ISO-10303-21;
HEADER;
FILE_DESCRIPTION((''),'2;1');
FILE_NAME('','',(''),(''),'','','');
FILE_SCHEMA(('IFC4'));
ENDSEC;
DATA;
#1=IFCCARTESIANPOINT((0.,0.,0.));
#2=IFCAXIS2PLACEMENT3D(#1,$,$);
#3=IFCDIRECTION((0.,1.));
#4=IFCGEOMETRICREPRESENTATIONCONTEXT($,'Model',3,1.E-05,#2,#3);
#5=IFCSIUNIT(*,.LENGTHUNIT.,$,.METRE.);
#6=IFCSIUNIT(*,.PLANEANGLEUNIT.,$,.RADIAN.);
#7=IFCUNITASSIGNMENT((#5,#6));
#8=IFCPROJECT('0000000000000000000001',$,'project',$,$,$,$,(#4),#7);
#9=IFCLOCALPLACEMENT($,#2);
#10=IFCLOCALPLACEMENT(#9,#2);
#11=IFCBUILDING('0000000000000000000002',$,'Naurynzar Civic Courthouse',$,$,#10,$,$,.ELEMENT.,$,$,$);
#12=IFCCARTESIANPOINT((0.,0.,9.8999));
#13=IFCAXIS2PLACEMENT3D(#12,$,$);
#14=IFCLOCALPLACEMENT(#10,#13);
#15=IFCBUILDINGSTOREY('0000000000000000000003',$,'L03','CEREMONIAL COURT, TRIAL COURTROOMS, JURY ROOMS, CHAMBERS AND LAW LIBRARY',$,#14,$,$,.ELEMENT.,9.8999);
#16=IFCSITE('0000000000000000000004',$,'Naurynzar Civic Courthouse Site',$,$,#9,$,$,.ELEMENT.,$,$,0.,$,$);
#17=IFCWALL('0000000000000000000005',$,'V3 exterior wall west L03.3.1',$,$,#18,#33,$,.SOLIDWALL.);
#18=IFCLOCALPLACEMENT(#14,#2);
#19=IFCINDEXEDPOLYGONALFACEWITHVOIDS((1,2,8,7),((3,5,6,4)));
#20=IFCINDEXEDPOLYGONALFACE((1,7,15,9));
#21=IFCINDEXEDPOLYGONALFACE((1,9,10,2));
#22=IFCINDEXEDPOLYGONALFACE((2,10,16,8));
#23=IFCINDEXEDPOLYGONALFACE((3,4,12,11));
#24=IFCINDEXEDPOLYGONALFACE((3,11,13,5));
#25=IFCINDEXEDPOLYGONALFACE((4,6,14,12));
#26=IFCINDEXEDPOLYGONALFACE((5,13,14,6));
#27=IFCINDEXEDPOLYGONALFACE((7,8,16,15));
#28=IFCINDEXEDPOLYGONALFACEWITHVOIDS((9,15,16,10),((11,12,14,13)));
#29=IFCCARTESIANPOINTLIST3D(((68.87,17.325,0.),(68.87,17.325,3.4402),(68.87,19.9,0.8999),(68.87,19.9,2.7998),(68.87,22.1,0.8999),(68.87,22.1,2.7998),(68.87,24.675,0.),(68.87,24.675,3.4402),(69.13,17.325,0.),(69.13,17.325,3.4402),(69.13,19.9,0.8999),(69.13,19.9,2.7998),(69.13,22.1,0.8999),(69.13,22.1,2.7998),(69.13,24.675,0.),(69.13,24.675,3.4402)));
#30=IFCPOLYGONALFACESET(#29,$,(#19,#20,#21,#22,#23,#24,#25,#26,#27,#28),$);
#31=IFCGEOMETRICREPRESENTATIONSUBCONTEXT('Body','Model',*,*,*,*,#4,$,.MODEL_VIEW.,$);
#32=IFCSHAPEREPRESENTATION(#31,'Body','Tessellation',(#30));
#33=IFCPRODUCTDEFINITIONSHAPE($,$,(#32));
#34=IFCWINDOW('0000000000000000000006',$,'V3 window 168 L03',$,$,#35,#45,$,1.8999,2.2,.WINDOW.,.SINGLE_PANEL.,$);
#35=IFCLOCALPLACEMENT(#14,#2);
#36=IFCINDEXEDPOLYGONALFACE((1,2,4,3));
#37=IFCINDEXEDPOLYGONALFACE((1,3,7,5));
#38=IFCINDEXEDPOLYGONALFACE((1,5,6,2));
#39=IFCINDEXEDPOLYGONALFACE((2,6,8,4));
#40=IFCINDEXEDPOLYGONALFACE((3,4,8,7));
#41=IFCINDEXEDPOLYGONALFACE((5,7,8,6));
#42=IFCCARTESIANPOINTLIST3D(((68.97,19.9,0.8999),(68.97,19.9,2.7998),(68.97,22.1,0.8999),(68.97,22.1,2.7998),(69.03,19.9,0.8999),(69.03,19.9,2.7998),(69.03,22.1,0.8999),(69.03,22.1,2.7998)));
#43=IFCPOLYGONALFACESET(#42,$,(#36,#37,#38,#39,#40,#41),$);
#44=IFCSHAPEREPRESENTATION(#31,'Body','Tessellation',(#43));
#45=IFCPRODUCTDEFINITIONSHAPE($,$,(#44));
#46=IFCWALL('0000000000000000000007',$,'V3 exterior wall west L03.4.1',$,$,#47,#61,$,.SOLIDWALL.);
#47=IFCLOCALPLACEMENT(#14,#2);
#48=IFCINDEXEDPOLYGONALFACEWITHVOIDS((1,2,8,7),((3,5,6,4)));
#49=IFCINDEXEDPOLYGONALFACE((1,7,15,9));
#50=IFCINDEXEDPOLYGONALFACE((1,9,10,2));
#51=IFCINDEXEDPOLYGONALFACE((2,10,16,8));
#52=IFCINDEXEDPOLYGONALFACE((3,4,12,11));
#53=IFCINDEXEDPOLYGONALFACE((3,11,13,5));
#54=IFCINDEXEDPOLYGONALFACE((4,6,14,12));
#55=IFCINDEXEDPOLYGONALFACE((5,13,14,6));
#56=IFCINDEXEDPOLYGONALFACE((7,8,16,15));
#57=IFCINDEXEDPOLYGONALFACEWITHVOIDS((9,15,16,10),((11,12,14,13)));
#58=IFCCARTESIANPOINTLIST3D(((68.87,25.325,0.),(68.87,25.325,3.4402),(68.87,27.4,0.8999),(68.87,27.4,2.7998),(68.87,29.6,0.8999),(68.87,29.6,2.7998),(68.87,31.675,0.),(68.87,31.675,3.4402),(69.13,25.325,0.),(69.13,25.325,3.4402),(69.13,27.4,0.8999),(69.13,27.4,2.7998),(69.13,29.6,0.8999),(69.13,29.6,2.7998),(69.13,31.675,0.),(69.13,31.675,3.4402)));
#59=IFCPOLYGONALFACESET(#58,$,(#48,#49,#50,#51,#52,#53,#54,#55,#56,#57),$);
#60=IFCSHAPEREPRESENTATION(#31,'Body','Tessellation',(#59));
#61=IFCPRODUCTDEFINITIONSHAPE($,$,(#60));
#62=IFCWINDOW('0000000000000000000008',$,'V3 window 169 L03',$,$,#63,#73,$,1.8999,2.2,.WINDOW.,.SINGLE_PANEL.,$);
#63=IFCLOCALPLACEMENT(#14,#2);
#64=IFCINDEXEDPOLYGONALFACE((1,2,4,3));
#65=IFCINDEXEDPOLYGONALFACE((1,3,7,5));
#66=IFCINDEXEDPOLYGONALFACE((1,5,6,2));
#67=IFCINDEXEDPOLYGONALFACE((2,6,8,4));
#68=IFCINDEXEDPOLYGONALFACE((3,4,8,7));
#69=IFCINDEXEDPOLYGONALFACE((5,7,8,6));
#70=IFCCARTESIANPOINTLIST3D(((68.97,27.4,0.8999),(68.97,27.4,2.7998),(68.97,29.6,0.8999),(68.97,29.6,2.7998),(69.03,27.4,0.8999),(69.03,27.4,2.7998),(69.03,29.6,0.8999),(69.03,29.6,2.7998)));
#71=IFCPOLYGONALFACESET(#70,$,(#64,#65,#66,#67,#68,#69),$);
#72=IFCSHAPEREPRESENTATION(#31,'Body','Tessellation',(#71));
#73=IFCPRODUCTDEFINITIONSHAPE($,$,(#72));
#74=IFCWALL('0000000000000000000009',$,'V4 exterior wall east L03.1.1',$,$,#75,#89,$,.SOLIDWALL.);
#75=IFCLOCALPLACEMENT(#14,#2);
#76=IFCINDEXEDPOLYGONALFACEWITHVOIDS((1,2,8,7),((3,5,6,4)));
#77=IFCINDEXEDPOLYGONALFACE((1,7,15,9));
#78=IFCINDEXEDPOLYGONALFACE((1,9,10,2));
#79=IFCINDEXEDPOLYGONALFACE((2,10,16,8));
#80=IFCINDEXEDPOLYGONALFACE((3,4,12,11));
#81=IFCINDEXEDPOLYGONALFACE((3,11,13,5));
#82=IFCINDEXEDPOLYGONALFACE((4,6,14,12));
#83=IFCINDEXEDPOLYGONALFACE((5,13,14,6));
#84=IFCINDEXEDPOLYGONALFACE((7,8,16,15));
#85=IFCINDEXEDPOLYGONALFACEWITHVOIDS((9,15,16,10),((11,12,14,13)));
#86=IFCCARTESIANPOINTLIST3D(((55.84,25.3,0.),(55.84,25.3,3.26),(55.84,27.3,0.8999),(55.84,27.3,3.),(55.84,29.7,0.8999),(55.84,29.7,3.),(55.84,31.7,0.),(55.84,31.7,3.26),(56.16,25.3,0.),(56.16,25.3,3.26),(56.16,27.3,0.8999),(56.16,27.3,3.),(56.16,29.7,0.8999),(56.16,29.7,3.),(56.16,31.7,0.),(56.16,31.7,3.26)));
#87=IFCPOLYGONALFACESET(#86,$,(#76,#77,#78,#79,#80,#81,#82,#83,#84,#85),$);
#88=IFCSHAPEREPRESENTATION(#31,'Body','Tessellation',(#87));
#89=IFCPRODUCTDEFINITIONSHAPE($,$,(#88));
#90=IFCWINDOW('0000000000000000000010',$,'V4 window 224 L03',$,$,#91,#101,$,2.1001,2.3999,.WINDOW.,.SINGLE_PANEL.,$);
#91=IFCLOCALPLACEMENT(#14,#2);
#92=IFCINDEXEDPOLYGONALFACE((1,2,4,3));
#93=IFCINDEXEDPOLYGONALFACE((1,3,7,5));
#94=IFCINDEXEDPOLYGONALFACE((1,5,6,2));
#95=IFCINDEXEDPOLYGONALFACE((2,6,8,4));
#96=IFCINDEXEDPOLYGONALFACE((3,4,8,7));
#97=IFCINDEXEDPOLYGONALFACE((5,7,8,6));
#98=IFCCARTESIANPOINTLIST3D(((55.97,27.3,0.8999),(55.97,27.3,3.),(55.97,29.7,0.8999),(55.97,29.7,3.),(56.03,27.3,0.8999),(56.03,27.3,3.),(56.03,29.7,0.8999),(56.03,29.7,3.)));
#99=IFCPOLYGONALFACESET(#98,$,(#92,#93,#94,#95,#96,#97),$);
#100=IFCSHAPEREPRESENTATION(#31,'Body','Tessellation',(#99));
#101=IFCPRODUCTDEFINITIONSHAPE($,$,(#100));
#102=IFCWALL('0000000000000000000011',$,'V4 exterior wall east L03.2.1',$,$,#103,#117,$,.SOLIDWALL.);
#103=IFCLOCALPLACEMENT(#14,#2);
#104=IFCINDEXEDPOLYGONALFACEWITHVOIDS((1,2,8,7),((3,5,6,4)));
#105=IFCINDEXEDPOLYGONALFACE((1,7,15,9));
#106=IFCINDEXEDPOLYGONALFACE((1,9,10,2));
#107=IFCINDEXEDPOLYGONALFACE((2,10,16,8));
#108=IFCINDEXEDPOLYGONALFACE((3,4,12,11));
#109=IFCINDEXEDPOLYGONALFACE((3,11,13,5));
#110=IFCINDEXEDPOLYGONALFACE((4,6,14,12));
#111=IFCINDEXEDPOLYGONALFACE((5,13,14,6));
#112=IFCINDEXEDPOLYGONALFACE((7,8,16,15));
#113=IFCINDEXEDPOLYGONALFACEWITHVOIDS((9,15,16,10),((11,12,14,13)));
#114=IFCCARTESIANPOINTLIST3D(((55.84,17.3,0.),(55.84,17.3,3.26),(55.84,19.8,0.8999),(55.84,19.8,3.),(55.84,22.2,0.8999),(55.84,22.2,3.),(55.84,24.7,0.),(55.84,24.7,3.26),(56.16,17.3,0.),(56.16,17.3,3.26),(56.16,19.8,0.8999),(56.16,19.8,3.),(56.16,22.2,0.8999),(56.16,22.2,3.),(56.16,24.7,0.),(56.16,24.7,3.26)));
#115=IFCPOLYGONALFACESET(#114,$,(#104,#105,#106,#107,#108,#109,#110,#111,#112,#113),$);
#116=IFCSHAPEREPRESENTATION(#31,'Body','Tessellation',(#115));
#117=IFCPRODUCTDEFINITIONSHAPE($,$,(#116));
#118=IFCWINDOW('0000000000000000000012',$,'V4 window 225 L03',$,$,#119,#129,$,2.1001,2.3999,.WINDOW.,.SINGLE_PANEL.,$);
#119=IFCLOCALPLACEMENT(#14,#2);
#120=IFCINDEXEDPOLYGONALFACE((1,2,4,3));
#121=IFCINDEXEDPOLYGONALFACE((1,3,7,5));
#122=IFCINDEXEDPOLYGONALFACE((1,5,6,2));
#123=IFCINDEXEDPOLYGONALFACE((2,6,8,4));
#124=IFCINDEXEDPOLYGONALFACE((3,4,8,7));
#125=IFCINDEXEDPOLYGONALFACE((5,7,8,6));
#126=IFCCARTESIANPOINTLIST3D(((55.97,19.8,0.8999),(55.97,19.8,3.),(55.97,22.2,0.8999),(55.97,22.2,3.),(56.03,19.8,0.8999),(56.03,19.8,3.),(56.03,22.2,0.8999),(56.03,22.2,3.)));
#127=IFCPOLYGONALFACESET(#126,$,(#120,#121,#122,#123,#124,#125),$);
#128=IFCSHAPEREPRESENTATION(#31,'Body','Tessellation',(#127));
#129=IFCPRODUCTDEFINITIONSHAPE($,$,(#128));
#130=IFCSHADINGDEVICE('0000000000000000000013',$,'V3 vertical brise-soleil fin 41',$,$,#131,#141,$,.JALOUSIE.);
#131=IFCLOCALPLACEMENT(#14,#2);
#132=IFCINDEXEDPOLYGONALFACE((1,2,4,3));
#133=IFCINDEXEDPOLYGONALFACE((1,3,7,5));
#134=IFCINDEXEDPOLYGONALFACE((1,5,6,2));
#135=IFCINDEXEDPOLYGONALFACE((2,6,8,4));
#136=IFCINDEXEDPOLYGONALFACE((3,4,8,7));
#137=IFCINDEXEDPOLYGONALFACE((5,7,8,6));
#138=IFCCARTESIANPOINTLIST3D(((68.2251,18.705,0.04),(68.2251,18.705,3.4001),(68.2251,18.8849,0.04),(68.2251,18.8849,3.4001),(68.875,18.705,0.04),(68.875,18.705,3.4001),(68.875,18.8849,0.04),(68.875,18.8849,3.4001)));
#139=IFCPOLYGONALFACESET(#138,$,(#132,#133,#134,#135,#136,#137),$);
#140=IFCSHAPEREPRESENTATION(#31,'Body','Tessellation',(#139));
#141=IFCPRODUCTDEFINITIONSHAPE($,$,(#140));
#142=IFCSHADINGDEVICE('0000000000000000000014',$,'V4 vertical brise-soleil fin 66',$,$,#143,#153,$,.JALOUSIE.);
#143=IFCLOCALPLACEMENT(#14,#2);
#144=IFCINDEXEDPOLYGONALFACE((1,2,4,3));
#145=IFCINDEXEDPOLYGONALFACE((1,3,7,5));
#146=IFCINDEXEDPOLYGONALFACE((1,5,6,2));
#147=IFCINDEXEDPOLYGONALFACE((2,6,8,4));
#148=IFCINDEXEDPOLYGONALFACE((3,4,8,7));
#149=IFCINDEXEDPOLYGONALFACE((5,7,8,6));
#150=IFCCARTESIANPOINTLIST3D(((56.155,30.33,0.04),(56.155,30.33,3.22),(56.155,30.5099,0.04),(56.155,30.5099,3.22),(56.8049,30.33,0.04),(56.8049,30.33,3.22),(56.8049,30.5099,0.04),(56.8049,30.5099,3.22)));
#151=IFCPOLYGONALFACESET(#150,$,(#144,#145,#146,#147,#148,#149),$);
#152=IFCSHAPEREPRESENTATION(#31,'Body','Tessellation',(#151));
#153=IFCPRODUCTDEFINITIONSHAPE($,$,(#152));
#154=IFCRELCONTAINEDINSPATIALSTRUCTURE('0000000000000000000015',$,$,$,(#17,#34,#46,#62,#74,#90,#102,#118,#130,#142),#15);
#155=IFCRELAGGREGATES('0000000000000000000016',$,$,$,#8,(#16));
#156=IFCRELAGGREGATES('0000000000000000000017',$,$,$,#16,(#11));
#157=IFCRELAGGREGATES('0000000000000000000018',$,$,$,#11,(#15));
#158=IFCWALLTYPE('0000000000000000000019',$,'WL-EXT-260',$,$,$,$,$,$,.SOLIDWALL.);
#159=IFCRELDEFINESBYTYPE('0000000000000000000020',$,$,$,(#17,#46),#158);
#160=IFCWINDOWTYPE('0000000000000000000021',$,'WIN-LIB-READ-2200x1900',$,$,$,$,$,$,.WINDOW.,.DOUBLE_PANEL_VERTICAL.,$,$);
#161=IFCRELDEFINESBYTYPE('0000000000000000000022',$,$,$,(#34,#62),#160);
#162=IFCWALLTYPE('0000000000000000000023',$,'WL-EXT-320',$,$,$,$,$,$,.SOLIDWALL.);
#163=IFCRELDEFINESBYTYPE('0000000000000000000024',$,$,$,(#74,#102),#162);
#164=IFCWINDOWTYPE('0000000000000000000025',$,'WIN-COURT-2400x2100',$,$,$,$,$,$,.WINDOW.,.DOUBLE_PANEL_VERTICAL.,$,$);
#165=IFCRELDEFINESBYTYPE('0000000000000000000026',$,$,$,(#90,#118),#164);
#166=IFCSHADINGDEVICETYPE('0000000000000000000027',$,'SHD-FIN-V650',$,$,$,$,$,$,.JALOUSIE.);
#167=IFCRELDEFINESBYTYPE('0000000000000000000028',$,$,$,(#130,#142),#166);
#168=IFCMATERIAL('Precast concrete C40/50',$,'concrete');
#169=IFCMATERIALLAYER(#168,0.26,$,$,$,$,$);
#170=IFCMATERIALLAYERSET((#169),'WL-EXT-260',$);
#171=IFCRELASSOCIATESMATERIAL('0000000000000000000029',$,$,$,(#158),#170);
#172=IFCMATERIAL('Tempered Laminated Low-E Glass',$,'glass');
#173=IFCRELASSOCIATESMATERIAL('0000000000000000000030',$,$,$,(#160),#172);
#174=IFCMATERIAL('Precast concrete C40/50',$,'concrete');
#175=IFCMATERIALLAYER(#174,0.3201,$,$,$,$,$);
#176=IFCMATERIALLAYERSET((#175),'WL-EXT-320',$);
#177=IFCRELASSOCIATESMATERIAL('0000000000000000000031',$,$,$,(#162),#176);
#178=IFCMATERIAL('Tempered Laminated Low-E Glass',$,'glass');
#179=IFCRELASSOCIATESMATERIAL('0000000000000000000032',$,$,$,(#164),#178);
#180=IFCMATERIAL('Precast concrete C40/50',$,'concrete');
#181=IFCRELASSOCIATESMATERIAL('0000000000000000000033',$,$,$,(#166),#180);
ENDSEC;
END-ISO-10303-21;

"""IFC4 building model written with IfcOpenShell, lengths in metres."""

from ifc_helpers import new_model, si_unit, direction, frame, frame_2d, origin, origin_2d, place, context, subcontext, project, spatial, rectangle, extrude, material, layer, layer_set, type_object, element, fill, save


model = new_model("IFC4")

# Units and contexts
model_context = context("Model", 3, precision=1e-05, world=origin(), true_north=direction((0.0, 1.0)))
body_context = subcontext(model_context, "Body", "Model", "MODEL_VIEW")
ifc_project = project(units=[si_unit("LENGTHUNIT", "METRE"), si_unit("PLANEANGLEUNIT", "RADIAN")], contexts=[model_context])

# Site, building, storey
site_placement = place(None, origin())
site = spatial("IfcSite", under=ifc_project, at=site_placement, Name="Naurynzar Civic Courthouse Site", CompositionType="ELEMENT", RefElevation=0.0)
building_placement = place(site_placement, origin())
building = spatial("IfcBuilding", under=site, at=building_placement, Name="Naurynzar Civic Courthouse", CompositionType="ELEMENT")
storey_placement = place(building_placement, frame((0.0, 0.0, 9.8999)))
storey = spatial("IfcBuildingStorey", under=building, at=storey_placement, Name="L03", Description="CEREMONIAL COURT, TRIAL COURTROOMS, JURY ROOMS, CHAMBERS AND LAW LIBRARY", CompositionType="ELEMENT", Elevation=9.8999)

# Walls, openings, windows
ifc_material_1 = material(Name="Precast concrete C40/50", Category="concrete")
ifc_layer_1 = layer(ifc_material_1, 0.26)
ifc_layer_set_1 = layer_set([ifc_layer_1], Name="WL-EXT-260")
wall_type_1 = type_object("IfcWallType", Name="WL-EXT-260", PredefinedType="SOLIDWALL", material=ifc_layer_set_1)
wall_1_placement = place(storey_placement, frame((69.0, 17.325, 0.0), z_axis=(0.0, 0.0, 1.0), x_axis=(0.0, 1.0, 0.0)))
wall_1 = element("IfcWall", 1, at=wall_1_placement, inside=storey, type_object=wall_type_1, Name="V3 exterior wall west L03.3.1", PredefinedType="SOLIDWALL", context=body_context, shape_type="SweptSolid", body=[
    extrude(rectangle(XDim=7.3501, YDim=0.26, at=frame_2d((3.675, 0.0))), origin(), (0.0, 0.0, 1.0), 3.4402),
])
opening_1_placement = place(wall_1_placement, frame((2.575, 0.0, 0.8999)))
opening_1 = element("IfcOpeningElement", 2, at=opening_1_placement, cuts=wall_1, PredefinedType="OPENING", context=body_context, shape_type="SweptSolid", body=[
    extrude(rectangle(XDim=2.2, YDim=1.8999, at=frame_2d((1.1001, 0.95))), frame((0.0, 0.1399, 0.0), z_axis=(0.0, -1.0, 0.0), x_axis=(1.0, 0.0, 0.0)), (0.0, 0.0, 1.0), 0.28),
])
ifc_material_2 = material(Name="Tempered Laminated Low-E Glass", Category="glass")
window_type_1 = type_object("IfcWindowType", Name="WIN-LIB-READ-2200x1900", PartitioningType="DOUBLE_PANEL_VERTICAL", PredefinedType="WINDOW", material=ifc_material_2)
window_1_placement = place(opening_1_placement, origin())
window_1 = element("IfcWindow", 3, at=window_1_placement, inside=storey, type_object=window_type_1, Name="V3 window 168 L03", OverallHeight=1.8999, OverallWidth=2.2, PartitioningType="SINGLE_PANEL", PredefinedType="WINDOW", context=body_context, shape_type="SweptSolid", body=[
    extrude(rectangle(XDim=2.2, YDim=1.8999, at=frame_2d((1.1001, 0.95))), frame((0.0, 0.03, 0.0), z_axis=(0.0, -1.0, 0.0), x_axis=(1.0, 0.0, 0.0)), (0.0, 0.0, 1.0), 0.0601),
])
fill(opening_1, window_1)
wall_2_placement = place(storey_placement, frame((69.0, 25.325, 0.0), z_axis=(0.0, 0.0, 1.0), x_axis=(0.0, 1.0, 0.0)))
wall_2 = element("IfcWall", 4, at=wall_2_placement, inside=storey, type_object=wall_type_1, Name="V3 exterior wall west L03.4.1", PredefinedType="SOLIDWALL", context=body_context, shape_type="SweptSolid", body=[
    extrude(rectangle(XDim=6.3501, YDim=0.26, at=frame_2d((3.175, 0.0))), origin(), (0.0, 0.0, 1.0), 3.4402),
])
opening_2_placement = place(wall_2_placement, frame((2.075, 0.0, 0.8999)))
opening_2 = element("IfcOpeningElement", 5, at=opening_2_placement, cuts=wall_2, PredefinedType="OPENING", context=body_context, shape_type="SweptSolid", body=[
    extrude(rectangle(XDim=2.2, YDim=1.8999, at=frame_2d((1.1001, 0.95))), frame((0.0, 0.1399, 0.0), z_axis=(0.0, -1.0, 0.0), x_axis=(1.0, 0.0, 0.0)), (0.0, 0.0, 1.0), 0.28),
])
window_2_placement = place(opening_2_placement, origin())
window_2 = element("IfcWindow", 6, at=window_2_placement, inside=storey, type_object=window_type_1, Name="V3 window 169 L03", OverallHeight=1.8999, OverallWidth=2.2, PartitioningType="SINGLE_PANEL", PredefinedType="WINDOW", context=body_context, shape_type="SweptSolid", body=[
    extrude(rectangle(XDim=2.2, YDim=1.8999, at=frame_2d((1.1001, 0.95))), frame((0.0, 0.03, 0.0), z_axis=(0.0, -1.0, 0.0), x_axis=(1.0, 0.0, 0.0)), (0.0, 0.0, 1.0), 0.0601),
])
fill(opening_2, window_2)
ifc_material_3 = material(Name="Precast concrete C40/50", Category="concrete")
ifc_layer_2 = layer(ifc_material_3, 0.3201)
ifc_layer_set_2 = layer_set([ifc_layer_2], Name="WL-EXT-320")
wall_type_2 = type_object("IfcWallType", Name="WL-EXT-320", PredefinedType="SOLIDWALL", material=ifc_layer_set_2)
wall_3_placement = place(storey_placement, frame((56.0, 31.7, 0.0), z_axis=(0.0, 0.0, 1.0), x_axis=(0.0, -1.0, 0.0)))
wall_3 = element("IfcWall", 7, at=wall_3_placement, inside=storey, type_object=wall_type_2, Name="V4 exterior wall east L03.1.1", PredefinedType="SOLIDWALL", context=body_context, shape_type="SweptSolid", body=[
    extrude(rectangle(XDim=6.3999, YDim=0.3201, at=frame_2d((3.2, 0.0))), origin(), (0.0, 0.0, 1.0), 3.26),
])
opening_3_placement = place(wall_3_placement, frame((2.0, 0.0, 0.8999)))
opening_3 = element("IfcOpeningElement", 8, at=opening_3_placement, cuts=wall_3, PredefinedType="OPENING", context=body_context, shape_type="SweptSolid", body=[
    extrude(rectangle(XDim=2.3999, YDim=2.1001, at=frame_2d((1.2, 1.05))), frame((0.0, 0.1699, 0.0), z_axis=(0.0, -1.0, 0.0), x_axis=(1.0, 0.0, 0.0)), (0.0, 0.0, 1.0), 0.3401),
])
ifc_material_4 = material(Name="Tempered Laminated Low-E Glass", Category="glass")
window_type_2 = type_object("IfcWindowType", Name="WIN-COURT-2400x2100", PartitioningType="DOUBLE_PANEL_VERTICAL", PredefinedType="WINDOW", material=ifc_material_4)
window_3_placement = place(opening_3_placement, origin())
window_3 = element("IfcWindow", 9, at=window_3_placement, inside=storey, type_object=window_type_2, Name="V4 window 224 L03", OverallHeight=2.1001, OverallWidth=2.3999, PartitioningType="SINGLE_PANEL", PredefinedType="WINDOW", context=body_context, shape_type="SweptSolid", body=[
    extrude(rectangle(XDim=2.3999, YDim=2.1001, at=frame_2d((1.2, 1.05))), frame((0.0, 0.03, 0.0), z_axis=(0.0, -1.0, 0.0), x_axis=(1.0, 0.0, 0.0)), (0.0, 0.0, 1.0), 0.0601),
])
fill(opening_3, window_3)
wall_4_placement = place(storey_placement, frame((56.0, 24.7, 0.0), z_axis=(0.0, 0.0, 1.0), x_axis=(0.0, -1.0, 0.0)))
wall_4 = element("IfcWall", 10, at=wall_4_placement, inside=storey, type_object=wall_type_2, Name="V4 exterior wall east L03.2.1", PredefinedType="SOLIDWALL", context=body_context, shape_type="SweptSolid", body=[
    extrude(rectangle(XDim=7.3999, YDim=0.3201, at=frame_2d((3.7, 0.0))), origin(), (0.0, 0.0, 1.0), 3.26),
])
opening_4_placement = place(wall_4_placement, frame((2.5, 0.0, 0.8999)))
opening_4 = element("IfcOpeningElement", 11, at=opening_4_placement, cuts=wall_4, PredefinedType="OPENING", context=body_context, shape_type="SweptSolid", body=[
    extrude(rectangle(XDim=2.3999, YDim=2.1001, at=frame_2d((1.2, 1.05))), frame((0.0, 0.1699, 0.0), z_axis=(0.0, -1.0, 0.0), x_axis=(1.0, 0.0, 0.0)), (0.0, 0.0, 1.0), 0.3401),
])
window_4_placement = place(opening_4_placement, origin())
window_4 = element("IfcWindow", 12, at=window_4_placement, inside=storey, type_object=window_type_2, Name="V4 window 225 L03", OverallHeight=2.1001, OverallWidth=2.3999, PartitioningType="SINGLE_PANEL", PredefinedType="WINDOW", context=body_context, shape_type="SweptSolid", body=[
    extrude(rectangle(XDim=2.3999, YDim=2.1001, at=frame_2d((1.2, 1.05))), frame((0.0, 0.03, 0.0), z_axis=(0.0, -1.0, 0.0), x_axis=(1.0, 0.0, 0.0)), (0.0, 0.0, 1.0), 0.0601),
])
fill(opening_4, window_4)

# Shading devices
ifc_material_5 = material(Name="Precast concrete C40/50", Category="concrete")
shading_device_type = type_object("IfcShadingDeviceType", Name="SHD-FIN-V650", PredefinedType="JALOUSIE", material=ifc_material_5)
shading_device_1_placement = place(storey_placement, frame((68.55, 18.7949, 0.04), z_axis=(0.0, 0.0, 1.0), x_axis=(0.0, 1.0, 0.0)))
element("IfcShadingDevice", 13, at=shading_device_1_placement, inside=storey, type_object=shading_device_type, Name="V3 vertical brise-soleil fin 41", PredefinedType="JALOUSIE", context=body_context, shape_type="SweptSolid", body=[
    extrude(rectangle(XDim=0.1799, YDim=0.6499, at=origin_2d()), origin(), (0.0, 0.0, 1.0), 3.3601),
])
shading_device_2_placement = place(storey_placement, frame((56.48, 30.4199, 0.04), z_axis=(0.0, 0.0, 1.0), x_axis=(0.0, -1.0, 0.0)))
element("IfcShadingDevice", 14, at=shading_device_2_placement, inside=storey, type_object=shading_device_type, Name="V4 vertical brise-soleil fin 66", PredefinedType="JALOUSIE", context=body_context, shape_type="SweptSolid", body=[
    extrude(rectangle(XDim=0.1799, YDim=0.6499, at=origin_2d()), origin(), (0.0, 0.0, 1.0), 3.1799),
])

save(model, "model.ifc")
